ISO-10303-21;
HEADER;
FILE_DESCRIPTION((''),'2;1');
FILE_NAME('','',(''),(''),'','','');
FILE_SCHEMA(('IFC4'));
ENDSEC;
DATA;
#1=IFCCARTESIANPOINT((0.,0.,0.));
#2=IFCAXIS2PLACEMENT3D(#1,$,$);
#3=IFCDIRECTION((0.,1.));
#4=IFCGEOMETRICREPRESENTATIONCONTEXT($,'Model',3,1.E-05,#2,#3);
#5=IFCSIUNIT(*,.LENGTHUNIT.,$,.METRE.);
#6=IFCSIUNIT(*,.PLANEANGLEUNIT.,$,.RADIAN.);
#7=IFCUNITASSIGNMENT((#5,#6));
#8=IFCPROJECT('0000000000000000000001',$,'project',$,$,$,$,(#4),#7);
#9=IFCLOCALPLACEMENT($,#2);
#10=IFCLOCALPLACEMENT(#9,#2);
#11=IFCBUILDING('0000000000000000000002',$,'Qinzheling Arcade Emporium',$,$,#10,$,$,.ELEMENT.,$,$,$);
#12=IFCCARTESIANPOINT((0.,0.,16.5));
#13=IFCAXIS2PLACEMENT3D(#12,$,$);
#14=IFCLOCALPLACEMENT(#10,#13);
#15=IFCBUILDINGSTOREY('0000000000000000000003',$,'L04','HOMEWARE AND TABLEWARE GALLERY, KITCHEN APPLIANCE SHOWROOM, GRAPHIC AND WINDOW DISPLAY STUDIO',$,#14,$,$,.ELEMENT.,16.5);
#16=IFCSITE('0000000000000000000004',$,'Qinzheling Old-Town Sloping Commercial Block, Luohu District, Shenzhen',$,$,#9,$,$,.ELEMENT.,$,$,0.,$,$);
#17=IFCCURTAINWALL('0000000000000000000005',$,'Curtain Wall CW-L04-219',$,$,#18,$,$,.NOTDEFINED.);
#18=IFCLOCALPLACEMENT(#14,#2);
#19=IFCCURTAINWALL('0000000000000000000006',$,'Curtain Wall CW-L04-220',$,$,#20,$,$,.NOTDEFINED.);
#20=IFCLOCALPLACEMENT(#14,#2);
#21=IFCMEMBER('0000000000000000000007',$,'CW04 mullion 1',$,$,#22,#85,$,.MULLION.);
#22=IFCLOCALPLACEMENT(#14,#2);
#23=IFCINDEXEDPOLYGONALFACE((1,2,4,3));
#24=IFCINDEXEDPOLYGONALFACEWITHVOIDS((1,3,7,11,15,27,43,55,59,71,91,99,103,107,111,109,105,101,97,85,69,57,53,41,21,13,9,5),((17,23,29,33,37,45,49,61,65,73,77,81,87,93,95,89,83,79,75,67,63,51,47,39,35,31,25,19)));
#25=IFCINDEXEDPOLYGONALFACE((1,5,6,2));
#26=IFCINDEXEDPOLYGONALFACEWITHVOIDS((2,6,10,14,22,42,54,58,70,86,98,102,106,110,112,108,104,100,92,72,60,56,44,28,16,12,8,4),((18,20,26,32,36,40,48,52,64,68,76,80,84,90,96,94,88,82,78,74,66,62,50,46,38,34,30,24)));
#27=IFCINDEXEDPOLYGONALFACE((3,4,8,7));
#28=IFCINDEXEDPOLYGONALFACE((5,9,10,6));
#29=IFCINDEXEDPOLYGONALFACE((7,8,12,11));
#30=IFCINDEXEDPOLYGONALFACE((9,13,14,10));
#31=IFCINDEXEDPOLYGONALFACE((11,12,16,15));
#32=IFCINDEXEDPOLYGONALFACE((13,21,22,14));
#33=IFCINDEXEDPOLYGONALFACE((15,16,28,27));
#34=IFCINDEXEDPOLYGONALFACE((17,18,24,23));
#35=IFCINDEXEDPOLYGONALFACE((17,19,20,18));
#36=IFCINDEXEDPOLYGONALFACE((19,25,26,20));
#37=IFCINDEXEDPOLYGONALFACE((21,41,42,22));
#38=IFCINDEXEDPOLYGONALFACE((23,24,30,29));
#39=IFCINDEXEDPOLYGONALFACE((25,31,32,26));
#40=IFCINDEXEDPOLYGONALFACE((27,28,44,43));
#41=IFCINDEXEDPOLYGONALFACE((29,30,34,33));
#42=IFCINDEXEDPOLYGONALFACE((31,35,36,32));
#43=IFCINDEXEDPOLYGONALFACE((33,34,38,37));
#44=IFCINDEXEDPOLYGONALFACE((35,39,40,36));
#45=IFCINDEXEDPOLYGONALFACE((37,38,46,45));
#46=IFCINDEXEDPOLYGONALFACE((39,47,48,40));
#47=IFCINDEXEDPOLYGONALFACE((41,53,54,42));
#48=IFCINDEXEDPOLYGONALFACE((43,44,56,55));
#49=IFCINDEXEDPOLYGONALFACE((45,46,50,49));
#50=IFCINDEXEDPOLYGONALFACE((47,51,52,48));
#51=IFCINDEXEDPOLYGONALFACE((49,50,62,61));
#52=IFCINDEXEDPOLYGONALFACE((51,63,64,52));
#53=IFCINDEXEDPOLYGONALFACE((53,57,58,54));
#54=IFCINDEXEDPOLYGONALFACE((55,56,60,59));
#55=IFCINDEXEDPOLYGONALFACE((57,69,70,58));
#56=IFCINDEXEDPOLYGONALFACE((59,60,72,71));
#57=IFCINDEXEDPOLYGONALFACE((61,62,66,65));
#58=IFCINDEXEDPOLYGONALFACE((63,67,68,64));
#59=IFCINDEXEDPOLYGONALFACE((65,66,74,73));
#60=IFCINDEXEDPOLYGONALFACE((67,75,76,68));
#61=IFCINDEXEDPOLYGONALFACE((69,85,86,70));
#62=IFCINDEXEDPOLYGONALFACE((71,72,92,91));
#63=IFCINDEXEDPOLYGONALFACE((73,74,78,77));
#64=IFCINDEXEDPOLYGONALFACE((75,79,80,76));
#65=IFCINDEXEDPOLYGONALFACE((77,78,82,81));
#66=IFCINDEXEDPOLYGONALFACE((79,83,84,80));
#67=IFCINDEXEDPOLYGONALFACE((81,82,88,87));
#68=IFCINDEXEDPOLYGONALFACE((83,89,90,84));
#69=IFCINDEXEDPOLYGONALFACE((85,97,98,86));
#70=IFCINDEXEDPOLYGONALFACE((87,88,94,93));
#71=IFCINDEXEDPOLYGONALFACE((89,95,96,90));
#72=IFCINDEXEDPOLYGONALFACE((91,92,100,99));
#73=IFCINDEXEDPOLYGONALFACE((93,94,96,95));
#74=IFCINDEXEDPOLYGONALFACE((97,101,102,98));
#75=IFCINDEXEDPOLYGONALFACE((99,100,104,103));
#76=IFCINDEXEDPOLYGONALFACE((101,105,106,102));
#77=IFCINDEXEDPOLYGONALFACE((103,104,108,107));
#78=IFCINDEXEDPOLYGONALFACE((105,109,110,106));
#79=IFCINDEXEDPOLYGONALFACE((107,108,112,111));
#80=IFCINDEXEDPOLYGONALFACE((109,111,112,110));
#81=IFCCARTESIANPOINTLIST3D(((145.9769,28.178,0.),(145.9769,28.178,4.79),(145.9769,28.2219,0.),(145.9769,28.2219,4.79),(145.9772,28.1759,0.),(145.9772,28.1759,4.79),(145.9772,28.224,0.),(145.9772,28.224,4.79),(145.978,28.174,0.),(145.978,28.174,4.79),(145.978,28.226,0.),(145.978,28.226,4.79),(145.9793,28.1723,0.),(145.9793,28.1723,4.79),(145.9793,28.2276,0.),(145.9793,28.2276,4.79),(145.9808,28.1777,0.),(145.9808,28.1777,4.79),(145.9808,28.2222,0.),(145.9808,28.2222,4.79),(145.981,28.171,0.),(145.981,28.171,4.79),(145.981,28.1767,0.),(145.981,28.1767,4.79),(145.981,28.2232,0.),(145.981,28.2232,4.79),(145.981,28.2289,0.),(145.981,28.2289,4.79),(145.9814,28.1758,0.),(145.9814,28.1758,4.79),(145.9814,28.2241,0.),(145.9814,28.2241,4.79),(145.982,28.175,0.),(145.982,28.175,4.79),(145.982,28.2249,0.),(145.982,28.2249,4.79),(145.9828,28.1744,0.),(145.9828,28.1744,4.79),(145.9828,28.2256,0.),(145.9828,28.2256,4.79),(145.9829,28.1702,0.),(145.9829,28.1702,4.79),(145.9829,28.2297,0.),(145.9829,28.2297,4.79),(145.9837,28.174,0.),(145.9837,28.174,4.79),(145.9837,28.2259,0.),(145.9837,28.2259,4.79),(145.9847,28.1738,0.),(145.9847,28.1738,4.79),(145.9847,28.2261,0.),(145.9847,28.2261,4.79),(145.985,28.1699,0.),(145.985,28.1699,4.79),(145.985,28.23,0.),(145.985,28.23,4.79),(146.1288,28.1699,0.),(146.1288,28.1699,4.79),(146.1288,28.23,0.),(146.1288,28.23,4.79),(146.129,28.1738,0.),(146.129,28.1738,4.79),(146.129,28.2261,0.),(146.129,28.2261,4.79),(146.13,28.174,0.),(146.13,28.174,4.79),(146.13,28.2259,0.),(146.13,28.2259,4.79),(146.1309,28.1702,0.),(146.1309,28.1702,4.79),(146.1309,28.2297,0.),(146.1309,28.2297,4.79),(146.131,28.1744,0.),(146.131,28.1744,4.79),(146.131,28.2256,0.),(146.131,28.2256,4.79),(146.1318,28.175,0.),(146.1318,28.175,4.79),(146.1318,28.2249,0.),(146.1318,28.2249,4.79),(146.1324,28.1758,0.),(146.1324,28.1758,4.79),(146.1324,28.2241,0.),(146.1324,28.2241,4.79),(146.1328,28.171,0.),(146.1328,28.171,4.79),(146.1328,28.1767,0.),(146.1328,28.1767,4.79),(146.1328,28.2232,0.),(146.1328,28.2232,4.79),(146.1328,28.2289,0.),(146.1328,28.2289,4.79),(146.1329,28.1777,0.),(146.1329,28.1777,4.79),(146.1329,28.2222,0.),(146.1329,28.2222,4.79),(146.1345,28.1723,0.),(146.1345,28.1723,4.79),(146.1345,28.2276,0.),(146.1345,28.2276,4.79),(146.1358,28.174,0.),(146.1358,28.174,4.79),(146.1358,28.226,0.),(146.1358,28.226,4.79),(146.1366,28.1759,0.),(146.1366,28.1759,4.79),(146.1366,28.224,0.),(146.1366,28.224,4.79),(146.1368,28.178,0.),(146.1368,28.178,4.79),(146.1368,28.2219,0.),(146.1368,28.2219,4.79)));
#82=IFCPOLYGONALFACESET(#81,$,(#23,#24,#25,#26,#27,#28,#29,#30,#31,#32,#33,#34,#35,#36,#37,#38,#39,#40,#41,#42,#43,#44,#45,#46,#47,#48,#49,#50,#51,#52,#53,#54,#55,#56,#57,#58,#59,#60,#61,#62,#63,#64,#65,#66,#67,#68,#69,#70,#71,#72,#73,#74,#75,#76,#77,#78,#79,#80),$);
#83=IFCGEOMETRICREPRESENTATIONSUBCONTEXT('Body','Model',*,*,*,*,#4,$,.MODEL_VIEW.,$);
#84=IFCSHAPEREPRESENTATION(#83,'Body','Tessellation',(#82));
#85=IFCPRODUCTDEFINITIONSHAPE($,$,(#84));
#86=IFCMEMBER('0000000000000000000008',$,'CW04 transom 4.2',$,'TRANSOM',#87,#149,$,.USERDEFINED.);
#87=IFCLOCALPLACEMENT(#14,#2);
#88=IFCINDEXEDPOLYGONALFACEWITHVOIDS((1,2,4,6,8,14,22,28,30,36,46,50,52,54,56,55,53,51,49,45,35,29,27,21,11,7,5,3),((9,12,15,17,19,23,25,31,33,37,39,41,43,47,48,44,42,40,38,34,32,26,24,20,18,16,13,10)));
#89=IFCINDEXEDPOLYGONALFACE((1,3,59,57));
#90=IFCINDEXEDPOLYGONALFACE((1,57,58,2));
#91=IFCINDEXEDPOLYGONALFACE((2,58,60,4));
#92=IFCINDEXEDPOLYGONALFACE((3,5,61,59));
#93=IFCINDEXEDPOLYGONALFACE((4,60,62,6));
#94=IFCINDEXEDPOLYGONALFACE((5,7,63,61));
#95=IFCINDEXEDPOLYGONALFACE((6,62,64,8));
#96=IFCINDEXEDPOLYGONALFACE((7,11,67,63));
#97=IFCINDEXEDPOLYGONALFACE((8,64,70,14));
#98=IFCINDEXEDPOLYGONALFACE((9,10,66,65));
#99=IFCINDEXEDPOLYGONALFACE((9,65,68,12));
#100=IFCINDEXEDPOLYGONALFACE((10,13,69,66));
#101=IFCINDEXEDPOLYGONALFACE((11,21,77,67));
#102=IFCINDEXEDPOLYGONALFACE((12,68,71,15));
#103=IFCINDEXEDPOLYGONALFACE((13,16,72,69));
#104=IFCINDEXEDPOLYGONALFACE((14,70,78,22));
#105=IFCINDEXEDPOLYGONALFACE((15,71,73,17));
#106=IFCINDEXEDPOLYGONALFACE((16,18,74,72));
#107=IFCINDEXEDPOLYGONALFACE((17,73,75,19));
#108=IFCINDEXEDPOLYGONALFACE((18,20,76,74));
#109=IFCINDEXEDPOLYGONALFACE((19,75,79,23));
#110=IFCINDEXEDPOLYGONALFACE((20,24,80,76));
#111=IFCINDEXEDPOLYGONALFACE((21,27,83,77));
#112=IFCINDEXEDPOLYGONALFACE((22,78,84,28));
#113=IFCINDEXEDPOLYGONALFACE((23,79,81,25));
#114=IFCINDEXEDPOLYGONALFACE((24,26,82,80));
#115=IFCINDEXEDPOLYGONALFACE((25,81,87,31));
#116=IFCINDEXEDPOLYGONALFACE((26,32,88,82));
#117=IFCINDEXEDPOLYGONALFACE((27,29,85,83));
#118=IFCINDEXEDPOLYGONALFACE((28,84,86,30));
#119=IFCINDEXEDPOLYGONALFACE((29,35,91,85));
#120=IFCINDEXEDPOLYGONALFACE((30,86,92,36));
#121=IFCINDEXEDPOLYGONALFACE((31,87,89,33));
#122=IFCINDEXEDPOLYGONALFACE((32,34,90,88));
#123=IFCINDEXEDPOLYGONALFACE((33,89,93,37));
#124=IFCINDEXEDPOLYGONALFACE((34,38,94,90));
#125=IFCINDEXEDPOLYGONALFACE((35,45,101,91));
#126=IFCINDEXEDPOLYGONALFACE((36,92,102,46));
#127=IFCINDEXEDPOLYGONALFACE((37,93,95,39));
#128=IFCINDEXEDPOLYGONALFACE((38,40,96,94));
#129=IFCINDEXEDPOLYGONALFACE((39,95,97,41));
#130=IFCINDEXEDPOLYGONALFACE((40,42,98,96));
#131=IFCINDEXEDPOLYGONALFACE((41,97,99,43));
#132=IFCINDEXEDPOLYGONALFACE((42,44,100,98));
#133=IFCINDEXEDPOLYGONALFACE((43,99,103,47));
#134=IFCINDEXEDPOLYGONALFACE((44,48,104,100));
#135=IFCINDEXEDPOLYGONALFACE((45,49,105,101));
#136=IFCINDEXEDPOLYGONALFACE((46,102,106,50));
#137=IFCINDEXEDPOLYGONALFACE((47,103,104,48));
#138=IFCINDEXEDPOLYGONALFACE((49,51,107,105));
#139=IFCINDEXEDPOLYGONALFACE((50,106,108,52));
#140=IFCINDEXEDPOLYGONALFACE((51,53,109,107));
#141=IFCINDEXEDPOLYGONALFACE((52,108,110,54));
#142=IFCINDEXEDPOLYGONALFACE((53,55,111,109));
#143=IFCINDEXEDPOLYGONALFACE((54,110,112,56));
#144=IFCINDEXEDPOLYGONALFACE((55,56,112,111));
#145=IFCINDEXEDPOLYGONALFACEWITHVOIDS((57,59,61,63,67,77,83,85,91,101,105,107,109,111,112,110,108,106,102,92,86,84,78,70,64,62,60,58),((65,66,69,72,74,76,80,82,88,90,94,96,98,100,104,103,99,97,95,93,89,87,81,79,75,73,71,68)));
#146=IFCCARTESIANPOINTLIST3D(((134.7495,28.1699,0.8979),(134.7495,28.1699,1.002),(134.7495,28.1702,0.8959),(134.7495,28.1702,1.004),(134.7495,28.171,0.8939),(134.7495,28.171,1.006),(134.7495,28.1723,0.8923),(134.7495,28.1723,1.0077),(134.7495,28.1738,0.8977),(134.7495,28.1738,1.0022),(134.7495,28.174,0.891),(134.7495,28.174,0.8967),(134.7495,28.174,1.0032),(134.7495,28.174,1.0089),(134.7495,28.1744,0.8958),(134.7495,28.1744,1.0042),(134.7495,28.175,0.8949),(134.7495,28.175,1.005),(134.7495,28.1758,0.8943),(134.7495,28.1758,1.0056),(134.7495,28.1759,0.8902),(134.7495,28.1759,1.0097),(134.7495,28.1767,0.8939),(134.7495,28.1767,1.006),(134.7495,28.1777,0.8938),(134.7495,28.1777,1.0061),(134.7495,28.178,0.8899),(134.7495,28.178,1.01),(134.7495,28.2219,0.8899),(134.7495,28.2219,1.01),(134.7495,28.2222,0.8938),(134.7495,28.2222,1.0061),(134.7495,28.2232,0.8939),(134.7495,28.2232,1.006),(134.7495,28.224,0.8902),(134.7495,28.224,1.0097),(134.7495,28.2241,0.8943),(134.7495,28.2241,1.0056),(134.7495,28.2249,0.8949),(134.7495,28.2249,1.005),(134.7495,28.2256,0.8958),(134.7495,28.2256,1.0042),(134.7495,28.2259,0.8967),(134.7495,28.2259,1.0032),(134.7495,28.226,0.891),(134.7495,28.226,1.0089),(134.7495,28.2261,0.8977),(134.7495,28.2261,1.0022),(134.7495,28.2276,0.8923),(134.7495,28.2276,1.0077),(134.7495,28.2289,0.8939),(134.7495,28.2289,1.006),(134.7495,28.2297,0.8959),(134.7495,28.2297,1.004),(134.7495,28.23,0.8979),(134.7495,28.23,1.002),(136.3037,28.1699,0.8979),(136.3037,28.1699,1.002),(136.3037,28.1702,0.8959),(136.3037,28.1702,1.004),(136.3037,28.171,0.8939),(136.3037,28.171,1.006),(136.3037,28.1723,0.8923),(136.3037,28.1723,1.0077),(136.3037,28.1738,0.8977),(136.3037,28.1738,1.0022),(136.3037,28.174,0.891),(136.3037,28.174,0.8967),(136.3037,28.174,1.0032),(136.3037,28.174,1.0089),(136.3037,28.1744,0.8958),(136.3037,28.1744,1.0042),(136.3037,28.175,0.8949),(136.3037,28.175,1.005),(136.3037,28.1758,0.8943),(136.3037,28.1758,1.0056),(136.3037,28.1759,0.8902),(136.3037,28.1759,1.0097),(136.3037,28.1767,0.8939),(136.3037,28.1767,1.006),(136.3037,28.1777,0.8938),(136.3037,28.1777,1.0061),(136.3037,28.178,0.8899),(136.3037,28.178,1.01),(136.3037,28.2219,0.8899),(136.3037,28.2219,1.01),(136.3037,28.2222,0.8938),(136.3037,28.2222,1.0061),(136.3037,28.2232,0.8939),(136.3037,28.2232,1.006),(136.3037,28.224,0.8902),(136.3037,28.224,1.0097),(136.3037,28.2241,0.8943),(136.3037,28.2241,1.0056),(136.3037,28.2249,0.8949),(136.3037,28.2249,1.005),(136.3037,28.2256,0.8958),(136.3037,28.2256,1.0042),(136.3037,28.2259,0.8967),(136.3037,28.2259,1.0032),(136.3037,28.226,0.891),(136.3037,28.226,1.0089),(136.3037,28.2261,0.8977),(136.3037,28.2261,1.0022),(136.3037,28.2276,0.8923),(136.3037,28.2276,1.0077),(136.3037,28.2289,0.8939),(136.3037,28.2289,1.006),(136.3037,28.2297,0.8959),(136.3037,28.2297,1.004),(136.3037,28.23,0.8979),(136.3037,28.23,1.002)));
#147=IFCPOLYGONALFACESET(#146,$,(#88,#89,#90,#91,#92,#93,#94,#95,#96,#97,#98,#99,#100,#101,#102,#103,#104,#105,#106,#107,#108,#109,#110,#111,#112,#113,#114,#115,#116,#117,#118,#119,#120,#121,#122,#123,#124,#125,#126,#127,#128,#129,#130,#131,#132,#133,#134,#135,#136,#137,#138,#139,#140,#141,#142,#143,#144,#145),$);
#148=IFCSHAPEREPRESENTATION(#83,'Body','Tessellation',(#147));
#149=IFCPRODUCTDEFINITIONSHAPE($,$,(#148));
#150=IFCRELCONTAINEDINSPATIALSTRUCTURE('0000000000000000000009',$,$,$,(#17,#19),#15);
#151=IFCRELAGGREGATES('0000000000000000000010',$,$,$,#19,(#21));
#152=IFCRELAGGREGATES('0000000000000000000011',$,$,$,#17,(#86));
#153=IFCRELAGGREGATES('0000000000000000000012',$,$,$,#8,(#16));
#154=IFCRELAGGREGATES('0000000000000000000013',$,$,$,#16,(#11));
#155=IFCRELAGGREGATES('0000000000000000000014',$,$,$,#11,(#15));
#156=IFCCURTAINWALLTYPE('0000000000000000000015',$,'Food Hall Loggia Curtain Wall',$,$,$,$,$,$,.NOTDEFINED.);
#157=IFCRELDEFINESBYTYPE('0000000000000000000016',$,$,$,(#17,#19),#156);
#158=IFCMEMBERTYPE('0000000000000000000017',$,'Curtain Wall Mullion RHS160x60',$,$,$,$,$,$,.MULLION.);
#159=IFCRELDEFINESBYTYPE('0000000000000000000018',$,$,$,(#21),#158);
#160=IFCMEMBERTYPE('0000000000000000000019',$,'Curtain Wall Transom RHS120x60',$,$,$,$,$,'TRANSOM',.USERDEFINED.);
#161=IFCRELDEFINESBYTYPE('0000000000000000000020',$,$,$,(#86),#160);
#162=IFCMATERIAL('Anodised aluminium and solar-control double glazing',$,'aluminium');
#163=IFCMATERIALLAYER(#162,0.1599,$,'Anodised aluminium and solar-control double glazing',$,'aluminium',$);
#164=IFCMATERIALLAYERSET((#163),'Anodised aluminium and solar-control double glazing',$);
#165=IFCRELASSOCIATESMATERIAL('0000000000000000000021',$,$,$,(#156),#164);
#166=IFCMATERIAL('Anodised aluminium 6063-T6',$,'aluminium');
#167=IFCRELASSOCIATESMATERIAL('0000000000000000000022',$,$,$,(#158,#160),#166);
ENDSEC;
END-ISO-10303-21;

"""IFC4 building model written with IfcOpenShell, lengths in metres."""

from ifc_helpers import new_model, si_unit, direction, frame, origin, origin_2d, place, context, subcontext, project, spatial, hollow_rectangle, extrude, material, layer, layer_set, material_profile, profile_set, type_object, element, aggregate, save


model = new_model("IFC4")

# Units and contexts
model_context = context("Model", 3, precision=1e-05, world=origin(), true_north=direction((0.0, 1.0)))
body_context = subcontext(model_context, "Body", "Model", "MODEL_VIEW")
ifc_project = project(units=[si_unit("LENGTHUNIT", "METRE"), si_unit("PLANEANGLEUNIT", "RADIAN")], contexts=[model_context])

# Site, building, storey
site_placement = place(None, origin())
site = spatial("IfcSite", under=ifc_project, at=site_placement, Name="Qinzheling Old-Town Sloping Commercial Block, Luohu District, Shenzhen", CompositionType="ELEMENT", RefElevation=0.0)
building_placement = place(site_placement, origin())
building = spatial("IfcBuilding", under=site, at=building_placement, Name="Qinzheling Arcade Emporium", CompositionType="ELEMENT")
storey_placement = place(building_placement, frame((0.0, 0.0, 16.5)))
storey = spatial("IfcBuildingStorey", under=building, at=storey_placement, Name="L04", Description="HOMEWARE AND TABLEWARE GALLERY, KITCHEN APPLIANCE SHOWROOM, GRAPHIC AND WINDOW DISPLAY STUDIO", CompositionType="ELEMENT", Elevation=16.5)

# Curtain wall
ifc_material_1 = material(Name="Anodised aluminium and solar-control double glazing", Category="aluminium")
ifc_layer_1 = layer(ifc_material_1, 0.1599, Name="Anodised aluminium and solar-control double glazing", Category="aluminium")
ifc_layer_set_1 = layer_set([ifc_layer_1], Name="Anodised aluminium and solar-control double glazing")
curtain_wall_type = type_object("IfcCurtainWallType", Name="Food Hall Loggia Curtain Wall", PredefinedType="NOTDEFINED", material=ifc_layer_set_1)
curtain_wall_1_placement = place(storey_placement, origin())
curtain_wall_1 = element("IfcCurtainWall", 1, at=curtain_wall_1_placement, inside=storey, type_object=curtain_wall_type, Name="Curtain Wall CW-L04-219", PredefinedType="NOTDEFINED")
ifc_material_2 = material(Name="Anodised aluminium 6063-T6", Category="aluminium")
ifc_material_profile_1 = material_profile(ifc_material_2, hollow_rectangle(XDim=0.0601, YDim=0.1599, WallThickness=0.0039, InnerFilletRadius=0.0039, OuterFilletRadius=0.0081, at=origin_2d()), Name="RHS 160x60x4", Category="aluminium")
ifc_profile_set_1 = profile_set([ifc_material_profile_1], Name="Anodised aluminium 6063-T6")
member_type_1 = type_object("IfcMemberType", Name="Curtain Wall Mullion RHS160x60", PredefinedType="MULLION", material=ifc_profile_set_1)

# Curtain wall, member
curtain_wall_2_placement = place(storey_placement, origin())
curtain_wall_2 = element("IfcCurtainWall", 2, at=curtain_wall_2_placement, inside=storey, type_object=curtain_wall_type, Name="Curtain Wall CW-L04-220", PredefinedType="NOTDEFINED")
member_1_placement = place(storey_placement, frame((146.0569, 28.2, 0.0), z_axis=(0.0, 0.0, 1.0), x_axis=(0.0, 1.0, 0.0)))
member_1 = element("IfcMember", 3, at=member_1_placement, type_object=member_type_1, Name="CW04 mullion 1", PredefinedType="MULLION", context=body_context, shape_type="SweptSolid", body=[
    extrude(hollow_rectangle(XDim=0.0601, YDim=0.1599, WallThickness=0.0039, InnerFilletRadius=0.0039, OuterFilletRadius=0.0081, at=origin_2d()), origin(), (0.0, 0.0, 1.0), 4.79),
])

# Member
ifc_material_profile_2 = material_profile(ifc_material_2, hollow_rectangle(XDim=0.0601, YDim=0.1201, WallThickness=0.0039, InnerFilletRadius=0.0039, OuterFilletRadius=0.0081, at=origin_2d()), Name="RHS 120x60x4", Category="aluminium")
ifc_profile_set_2 = profile_set([ifc_material_profile_2], Name="Anodised aluminium 6063-T6")
member_type_2 = type_object("IfcMemberType", Name="Curtain Wall Transom RHS120x60", ElementType="TRANSOM", PredefinedType="USERDEFINED", material=ifc_profile_set_2)
member_2_placement = place(storey_placement, frame((134.7495, 28.2, 0.95), z_axis=(1.0, 0.0, 0.0), x_axis=(0.0, 1.0, 0.0)))
member_2 = element("IfcMember", 4, at=member_2_placement, type_object=member_type_2, Name="CW04 transom 4.2", ObjectType="TRANSOM", PredefinedType="USERDEFINED", context=body_context, shape_type="SweptSolid", body=[
    extrude(hollow_rectangle(XDim=0.0601, YDim=0.1201, WallThickness=0.0039, InnerFilletRadius=0.0039, OuterFilletRadius=0.0081, at=origin_2d()), origin(), (0.0, 0.0, 1.0), 1.5542),
])
aggregate(curtain_wall_2, [member_1])

aggregate(curtain_wall_1, [member_2])

save(model, "model.ifc")
